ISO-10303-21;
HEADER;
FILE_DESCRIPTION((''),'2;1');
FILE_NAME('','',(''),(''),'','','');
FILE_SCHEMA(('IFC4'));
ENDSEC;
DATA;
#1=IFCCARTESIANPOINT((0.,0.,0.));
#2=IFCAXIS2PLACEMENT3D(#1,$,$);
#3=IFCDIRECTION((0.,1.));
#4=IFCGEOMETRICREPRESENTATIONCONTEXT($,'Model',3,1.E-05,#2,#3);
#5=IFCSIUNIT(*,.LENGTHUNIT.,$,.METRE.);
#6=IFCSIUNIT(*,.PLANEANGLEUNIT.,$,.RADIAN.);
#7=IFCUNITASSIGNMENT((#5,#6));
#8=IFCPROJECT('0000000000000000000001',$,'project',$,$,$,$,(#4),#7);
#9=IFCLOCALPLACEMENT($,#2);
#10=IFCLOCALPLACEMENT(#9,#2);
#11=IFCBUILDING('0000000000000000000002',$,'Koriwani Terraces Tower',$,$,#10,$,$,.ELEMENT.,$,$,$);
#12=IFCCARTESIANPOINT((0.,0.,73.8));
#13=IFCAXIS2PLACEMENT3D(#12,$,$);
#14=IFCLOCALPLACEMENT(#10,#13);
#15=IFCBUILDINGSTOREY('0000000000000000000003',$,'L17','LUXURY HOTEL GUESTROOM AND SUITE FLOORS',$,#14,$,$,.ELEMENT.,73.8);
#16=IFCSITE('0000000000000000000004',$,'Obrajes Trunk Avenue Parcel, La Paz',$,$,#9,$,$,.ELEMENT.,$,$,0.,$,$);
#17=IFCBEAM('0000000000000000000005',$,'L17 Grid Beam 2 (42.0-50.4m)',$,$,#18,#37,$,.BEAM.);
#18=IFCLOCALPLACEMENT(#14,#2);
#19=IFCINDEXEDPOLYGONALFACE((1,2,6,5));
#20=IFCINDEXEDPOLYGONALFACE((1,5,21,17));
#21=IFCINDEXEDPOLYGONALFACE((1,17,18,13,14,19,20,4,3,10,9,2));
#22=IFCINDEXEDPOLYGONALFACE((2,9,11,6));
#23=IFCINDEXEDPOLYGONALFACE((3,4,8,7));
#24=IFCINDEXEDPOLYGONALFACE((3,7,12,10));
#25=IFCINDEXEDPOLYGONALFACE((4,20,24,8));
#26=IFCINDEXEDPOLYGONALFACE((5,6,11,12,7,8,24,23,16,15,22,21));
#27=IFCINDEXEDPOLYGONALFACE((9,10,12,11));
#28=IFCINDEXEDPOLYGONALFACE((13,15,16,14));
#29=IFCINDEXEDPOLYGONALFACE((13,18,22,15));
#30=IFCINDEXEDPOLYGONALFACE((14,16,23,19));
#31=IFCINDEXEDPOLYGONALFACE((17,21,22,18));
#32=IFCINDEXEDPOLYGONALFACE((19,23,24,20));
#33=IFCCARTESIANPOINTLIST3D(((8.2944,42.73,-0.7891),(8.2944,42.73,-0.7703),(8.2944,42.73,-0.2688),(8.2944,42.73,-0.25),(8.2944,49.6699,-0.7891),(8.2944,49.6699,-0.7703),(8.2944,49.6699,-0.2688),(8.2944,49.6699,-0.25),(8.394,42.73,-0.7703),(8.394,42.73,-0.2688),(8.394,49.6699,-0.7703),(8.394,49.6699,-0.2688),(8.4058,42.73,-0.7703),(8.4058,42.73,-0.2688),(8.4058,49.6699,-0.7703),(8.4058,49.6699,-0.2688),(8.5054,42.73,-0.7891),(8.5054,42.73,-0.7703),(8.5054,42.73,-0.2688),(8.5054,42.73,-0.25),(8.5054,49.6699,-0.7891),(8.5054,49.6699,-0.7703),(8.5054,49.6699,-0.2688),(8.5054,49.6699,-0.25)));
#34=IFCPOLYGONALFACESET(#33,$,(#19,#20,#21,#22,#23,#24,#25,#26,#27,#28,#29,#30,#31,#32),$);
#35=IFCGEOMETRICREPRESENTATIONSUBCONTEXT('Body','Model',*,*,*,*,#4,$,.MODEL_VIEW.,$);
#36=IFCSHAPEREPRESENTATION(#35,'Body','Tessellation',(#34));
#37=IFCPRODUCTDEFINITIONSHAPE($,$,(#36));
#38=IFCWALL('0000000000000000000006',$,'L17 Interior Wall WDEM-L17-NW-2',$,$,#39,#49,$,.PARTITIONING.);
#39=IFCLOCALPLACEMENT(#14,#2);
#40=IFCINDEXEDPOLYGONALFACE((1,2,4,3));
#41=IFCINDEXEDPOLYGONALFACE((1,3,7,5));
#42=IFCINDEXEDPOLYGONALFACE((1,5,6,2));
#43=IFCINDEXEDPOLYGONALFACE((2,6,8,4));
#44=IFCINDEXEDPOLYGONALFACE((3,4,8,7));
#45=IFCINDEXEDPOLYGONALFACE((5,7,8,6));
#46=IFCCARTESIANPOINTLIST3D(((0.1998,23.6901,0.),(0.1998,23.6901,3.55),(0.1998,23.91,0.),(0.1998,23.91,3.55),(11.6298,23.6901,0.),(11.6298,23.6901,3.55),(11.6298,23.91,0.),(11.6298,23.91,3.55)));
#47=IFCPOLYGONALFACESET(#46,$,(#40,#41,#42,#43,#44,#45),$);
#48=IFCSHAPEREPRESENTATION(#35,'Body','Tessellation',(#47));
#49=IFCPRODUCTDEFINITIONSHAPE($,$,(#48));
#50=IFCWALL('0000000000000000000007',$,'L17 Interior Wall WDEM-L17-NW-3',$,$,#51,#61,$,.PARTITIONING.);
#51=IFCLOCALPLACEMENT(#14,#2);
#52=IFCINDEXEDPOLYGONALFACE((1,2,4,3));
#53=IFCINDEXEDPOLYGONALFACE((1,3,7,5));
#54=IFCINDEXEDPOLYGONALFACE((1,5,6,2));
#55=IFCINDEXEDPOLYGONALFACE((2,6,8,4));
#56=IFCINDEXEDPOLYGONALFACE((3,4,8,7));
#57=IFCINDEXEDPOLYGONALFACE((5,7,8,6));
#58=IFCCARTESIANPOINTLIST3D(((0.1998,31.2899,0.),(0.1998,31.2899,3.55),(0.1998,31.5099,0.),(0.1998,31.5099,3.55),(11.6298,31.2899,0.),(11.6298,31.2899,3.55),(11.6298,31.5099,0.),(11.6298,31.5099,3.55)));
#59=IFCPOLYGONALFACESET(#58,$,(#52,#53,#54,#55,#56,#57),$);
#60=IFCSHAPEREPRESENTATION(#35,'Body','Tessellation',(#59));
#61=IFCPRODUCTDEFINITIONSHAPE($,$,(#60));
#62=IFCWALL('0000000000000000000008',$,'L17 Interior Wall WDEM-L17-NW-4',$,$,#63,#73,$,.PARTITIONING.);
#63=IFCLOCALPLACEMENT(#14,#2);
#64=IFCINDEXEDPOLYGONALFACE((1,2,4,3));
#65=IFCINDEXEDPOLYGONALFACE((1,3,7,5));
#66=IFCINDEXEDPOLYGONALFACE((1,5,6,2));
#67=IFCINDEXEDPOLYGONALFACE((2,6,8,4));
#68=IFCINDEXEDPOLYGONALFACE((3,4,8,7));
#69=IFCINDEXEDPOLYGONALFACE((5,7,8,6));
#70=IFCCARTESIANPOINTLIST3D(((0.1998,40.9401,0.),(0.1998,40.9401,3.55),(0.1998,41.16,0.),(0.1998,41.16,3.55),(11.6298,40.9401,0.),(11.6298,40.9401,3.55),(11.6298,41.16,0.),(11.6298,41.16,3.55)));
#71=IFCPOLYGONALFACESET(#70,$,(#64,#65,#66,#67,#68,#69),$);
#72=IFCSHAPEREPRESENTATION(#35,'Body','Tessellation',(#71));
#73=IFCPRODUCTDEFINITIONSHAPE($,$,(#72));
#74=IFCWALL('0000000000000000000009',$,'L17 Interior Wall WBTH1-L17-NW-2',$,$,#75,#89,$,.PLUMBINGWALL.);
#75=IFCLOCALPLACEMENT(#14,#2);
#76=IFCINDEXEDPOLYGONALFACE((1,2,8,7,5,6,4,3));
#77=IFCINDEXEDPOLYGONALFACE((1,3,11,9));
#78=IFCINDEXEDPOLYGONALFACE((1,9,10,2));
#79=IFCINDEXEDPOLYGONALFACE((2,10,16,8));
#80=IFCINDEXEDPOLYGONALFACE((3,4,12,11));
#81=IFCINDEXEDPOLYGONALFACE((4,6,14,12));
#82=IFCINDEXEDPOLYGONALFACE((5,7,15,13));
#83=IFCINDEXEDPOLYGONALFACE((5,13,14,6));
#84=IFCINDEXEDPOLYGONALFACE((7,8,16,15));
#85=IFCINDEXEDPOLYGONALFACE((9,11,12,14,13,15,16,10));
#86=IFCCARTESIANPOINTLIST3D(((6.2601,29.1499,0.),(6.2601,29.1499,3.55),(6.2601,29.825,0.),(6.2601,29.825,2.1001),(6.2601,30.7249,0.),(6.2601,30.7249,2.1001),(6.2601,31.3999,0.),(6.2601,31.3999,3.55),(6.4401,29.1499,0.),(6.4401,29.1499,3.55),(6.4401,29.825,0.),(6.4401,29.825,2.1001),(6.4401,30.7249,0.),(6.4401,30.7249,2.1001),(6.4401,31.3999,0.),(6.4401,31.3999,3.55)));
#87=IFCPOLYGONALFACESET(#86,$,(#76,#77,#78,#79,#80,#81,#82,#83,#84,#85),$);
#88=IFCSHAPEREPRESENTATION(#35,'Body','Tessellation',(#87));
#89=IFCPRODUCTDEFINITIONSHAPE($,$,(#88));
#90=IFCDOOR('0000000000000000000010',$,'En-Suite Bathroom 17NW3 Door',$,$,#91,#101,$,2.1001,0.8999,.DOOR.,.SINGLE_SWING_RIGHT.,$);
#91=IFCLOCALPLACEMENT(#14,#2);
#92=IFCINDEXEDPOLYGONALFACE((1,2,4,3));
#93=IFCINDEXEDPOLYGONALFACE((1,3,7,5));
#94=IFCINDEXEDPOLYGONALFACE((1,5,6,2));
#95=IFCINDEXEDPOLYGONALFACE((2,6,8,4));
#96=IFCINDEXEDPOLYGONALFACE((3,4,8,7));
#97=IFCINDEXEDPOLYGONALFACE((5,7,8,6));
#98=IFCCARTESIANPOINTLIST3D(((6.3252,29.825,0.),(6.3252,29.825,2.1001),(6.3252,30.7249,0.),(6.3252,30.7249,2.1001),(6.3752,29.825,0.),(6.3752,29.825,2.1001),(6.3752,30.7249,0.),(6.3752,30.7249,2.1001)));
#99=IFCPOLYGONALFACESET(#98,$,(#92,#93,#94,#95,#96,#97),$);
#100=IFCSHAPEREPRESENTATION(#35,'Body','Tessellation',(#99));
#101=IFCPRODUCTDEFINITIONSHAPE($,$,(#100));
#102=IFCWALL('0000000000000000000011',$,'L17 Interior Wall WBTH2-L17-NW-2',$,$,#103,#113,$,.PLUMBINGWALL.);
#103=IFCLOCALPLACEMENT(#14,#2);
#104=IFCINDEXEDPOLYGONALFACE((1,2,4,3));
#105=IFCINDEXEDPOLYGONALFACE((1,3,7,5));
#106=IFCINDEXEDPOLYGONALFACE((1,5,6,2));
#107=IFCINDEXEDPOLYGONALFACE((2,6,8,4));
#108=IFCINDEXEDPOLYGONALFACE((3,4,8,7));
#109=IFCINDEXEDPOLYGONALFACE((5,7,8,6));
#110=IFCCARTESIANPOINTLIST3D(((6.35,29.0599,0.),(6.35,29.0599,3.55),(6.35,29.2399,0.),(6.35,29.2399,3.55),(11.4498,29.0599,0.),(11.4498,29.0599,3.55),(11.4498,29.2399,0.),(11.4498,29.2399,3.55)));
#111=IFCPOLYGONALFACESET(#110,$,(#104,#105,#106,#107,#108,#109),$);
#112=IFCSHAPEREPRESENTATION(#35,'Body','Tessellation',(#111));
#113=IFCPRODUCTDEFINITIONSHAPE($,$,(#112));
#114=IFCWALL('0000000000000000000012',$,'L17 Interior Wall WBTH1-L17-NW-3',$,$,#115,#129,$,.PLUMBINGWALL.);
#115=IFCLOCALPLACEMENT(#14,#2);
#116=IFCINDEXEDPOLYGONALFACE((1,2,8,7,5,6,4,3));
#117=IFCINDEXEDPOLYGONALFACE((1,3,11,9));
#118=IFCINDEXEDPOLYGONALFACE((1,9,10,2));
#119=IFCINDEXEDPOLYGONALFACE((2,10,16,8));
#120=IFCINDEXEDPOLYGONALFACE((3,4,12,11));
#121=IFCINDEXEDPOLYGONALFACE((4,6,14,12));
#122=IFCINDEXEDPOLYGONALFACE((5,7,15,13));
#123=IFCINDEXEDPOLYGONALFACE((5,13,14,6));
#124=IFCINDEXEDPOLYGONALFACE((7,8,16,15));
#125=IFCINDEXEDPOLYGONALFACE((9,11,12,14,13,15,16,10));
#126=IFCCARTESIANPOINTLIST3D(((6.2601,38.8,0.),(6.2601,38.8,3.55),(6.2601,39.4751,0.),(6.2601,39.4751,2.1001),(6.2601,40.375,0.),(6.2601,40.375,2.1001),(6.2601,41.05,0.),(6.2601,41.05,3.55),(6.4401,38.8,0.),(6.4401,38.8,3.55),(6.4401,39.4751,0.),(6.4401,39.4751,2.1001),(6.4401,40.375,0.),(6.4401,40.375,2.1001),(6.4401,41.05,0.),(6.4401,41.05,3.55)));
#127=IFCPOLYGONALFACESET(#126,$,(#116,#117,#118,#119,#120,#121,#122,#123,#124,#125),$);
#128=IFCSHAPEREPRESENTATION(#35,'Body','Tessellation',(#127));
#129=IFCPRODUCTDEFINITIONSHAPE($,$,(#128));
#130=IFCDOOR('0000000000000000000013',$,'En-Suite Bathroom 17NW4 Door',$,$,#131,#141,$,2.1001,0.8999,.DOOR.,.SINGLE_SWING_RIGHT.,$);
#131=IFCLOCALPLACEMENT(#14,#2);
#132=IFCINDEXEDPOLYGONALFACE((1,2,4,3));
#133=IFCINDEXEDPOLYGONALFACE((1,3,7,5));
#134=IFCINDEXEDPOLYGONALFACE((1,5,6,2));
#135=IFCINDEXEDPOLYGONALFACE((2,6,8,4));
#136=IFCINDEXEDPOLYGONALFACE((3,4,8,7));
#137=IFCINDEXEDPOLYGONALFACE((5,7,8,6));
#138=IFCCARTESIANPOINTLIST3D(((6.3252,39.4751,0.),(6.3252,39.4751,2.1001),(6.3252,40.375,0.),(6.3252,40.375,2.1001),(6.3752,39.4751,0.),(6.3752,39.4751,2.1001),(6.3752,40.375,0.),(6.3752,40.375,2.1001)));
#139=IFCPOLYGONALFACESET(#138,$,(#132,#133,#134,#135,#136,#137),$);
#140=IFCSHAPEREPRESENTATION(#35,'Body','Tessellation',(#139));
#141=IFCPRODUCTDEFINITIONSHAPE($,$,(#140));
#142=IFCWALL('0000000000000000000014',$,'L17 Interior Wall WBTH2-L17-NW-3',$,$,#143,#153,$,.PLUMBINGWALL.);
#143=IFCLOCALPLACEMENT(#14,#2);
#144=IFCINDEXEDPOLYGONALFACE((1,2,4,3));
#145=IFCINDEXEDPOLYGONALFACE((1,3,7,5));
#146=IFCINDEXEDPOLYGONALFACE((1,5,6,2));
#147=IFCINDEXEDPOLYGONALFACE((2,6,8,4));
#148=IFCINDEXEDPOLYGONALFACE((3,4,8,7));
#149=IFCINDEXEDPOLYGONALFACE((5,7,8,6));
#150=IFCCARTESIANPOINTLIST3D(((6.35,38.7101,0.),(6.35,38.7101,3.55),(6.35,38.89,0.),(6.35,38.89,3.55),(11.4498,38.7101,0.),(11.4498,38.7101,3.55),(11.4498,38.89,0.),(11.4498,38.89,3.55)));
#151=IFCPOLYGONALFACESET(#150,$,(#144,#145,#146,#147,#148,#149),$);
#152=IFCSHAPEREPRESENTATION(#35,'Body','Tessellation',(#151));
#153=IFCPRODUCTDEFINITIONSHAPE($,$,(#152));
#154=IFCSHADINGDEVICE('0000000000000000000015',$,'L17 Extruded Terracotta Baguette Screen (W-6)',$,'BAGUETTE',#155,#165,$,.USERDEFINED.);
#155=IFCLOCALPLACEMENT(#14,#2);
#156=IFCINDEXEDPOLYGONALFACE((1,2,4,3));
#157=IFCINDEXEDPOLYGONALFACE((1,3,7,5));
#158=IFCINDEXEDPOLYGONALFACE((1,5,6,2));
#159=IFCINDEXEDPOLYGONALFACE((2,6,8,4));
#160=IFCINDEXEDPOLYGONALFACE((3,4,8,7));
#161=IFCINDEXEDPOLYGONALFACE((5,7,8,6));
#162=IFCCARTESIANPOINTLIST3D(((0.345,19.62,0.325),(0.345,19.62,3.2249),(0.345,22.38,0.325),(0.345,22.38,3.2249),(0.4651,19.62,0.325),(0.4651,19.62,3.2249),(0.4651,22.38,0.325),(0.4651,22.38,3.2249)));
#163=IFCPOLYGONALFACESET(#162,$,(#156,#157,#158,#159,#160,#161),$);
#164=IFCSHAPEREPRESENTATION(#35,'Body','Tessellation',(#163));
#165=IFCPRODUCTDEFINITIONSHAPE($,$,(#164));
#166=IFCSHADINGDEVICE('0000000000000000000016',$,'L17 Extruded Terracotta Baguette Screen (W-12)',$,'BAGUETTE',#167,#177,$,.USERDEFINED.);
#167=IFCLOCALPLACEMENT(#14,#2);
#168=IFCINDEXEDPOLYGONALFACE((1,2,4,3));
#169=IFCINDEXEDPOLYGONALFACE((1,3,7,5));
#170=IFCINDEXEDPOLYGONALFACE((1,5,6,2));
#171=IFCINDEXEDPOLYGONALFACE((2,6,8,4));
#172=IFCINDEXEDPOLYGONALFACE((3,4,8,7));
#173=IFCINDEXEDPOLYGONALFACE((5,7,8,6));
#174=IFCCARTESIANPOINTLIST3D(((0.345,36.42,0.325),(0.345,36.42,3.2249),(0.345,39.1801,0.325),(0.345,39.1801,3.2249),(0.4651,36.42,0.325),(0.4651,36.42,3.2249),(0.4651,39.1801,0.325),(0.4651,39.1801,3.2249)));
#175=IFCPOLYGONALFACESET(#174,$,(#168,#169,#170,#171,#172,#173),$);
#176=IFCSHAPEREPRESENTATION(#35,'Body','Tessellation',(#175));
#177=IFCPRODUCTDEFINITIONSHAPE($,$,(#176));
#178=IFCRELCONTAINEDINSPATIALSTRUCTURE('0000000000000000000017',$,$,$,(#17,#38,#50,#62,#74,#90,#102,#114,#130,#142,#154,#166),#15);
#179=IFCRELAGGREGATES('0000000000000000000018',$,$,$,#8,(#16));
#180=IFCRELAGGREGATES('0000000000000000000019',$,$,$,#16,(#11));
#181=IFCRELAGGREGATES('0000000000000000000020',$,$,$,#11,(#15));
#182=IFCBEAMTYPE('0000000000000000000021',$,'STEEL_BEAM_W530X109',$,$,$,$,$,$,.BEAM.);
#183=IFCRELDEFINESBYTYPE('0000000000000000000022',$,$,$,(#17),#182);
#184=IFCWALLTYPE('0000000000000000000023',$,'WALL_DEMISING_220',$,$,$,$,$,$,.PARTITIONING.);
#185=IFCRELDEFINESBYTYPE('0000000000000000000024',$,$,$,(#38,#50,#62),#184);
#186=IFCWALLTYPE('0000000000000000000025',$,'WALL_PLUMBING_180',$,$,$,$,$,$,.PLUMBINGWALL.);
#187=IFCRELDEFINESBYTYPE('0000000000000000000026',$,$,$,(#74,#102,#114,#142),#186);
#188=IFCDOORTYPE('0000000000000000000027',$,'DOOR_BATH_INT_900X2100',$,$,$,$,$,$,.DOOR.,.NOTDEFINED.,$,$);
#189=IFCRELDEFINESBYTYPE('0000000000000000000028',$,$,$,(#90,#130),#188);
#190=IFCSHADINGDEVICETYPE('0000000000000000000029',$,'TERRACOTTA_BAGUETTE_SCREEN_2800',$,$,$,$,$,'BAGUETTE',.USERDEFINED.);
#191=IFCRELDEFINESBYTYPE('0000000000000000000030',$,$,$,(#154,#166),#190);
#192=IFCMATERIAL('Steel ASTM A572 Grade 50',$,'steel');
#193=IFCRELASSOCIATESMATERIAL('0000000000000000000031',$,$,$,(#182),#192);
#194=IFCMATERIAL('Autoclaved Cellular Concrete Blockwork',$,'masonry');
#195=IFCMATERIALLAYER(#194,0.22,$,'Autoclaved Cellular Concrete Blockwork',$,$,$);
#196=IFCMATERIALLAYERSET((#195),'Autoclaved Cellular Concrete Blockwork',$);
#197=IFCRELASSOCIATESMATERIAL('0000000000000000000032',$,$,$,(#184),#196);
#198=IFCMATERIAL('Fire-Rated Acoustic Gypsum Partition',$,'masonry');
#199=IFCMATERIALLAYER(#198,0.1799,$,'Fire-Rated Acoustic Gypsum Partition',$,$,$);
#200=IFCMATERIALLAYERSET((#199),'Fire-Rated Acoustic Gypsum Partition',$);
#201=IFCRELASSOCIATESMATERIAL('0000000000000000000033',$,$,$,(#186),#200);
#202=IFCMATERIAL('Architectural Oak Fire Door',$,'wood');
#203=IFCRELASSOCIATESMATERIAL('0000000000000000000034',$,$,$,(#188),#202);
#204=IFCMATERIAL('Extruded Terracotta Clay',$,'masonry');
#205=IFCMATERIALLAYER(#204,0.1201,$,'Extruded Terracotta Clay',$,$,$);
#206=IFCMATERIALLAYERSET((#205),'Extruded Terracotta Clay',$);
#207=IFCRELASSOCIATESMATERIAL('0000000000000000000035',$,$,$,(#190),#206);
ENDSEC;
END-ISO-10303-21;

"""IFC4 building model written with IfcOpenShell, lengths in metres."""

from ifc_helpers import new_model, si_unit, direction, frame, frame_2d, origin, origin_2d, place, context, subcontext, project, spatial, rectangle, i_section, extrude, material, layer, layer_set, material_profile, profile_set, type_object, element, fill, save


model = new_model("IFC4")

# Units and contexts
model_context = context("Model", 3, precision=1e-05, world=origin(), true_north=direction((0.0, 1.0)))
body_context = subcontext(model_context, "Body", "Model", "MODEL_VIEW")
ifc_project = project(units=[si_unit("LENGTHUNIT", "METRE"), si_unit("PLANEANGLEUNIT", "RADIAN")], contexts=[model_context])

# Site, building, storey
site_placement = place(None, origin())
site = spatial("IfcSite", under=ifc_project, at=site_placement, Name="Obrajes Trunk Avenue Parcel, La Paz", CompositionType="ELEMENT", RefElevation=0.0)
building_placement = place(site_placement, origin())
building = spatial("IfcBuilding", under=site, at=building_placement, Name="Koriwani Terraces Tower", CompositionType="ELEMENT")
storey_placement = place(building_placement, frame((0.0, 0.0, 73.8)))
storey = spatial("IfcBuildingStorey", under=building, at=storey_placement, Name="L17", Description="LUXURY HOTEL GUESTROOM AND SUITE FLOORS", CompositionType="ELEMENT", Elevation=73.8)

# Beam
ifc_material_1 = material(Name="Steel ASTM A572 Grade 50", Category="steel")
ifc_material_profile_1 = material_profile(ifc_material_1, i_section(OverallWidth=0.2109, OverallDepth=0.5391, WebThickness=0.0117, FlangeThickness=0.0188, at=origin_2d()), Name="Steel ASTM A572 Grade 50", Category="LoadBearing")
ifc_profile_set_1 = profile_set([ifc_material_profile_1], Name="Steel ASTM A572 Grade 50")
beam_type_1 = type_object("IfcBeamType", Name="STEEL_BEAM_W530X109", PredefinedType="BEAM", material=ifc_profile_set_1)
beam_1_placement = place(storey_placement, frame((8.3999, 42.73, -0.5195), z_axis=(0.0, 1.0, 0.0), x_axis=(-1.0, 0.0, 0.0)))
element("IfcBeam", 1, at=beam_1_placement, inside=storey, type_object=beam_type_1, Name="L17 Grid Beam 2 (42.0-50.4m)", PredefinedType="BEAM", context=body_context, shape_type="SweptSolid", body=[
    extrude(i_section(OverallWidth=0.2109, OverallDepth=0.5391, WebThickness=0.0117, FlangeThickness=0.0188, at=origin_2d()), origin(), (0.0, 0.0, 1.0), 6.9399),
])

# Walls
ifc_material_2 = material(Name="Autoclaved Cellular Concrete Blockwork", Category="masonry")
ifc_layer_1 = layer(ifc_material_2, 0.22, Name="Autoclaved Cellular Concrete Blockwork")
ifc_layer_set_1 = layer_set([ifc_layer_1], Name="Autoclaved Cellular Concrete Blockwork")
wall_type_1 = type_object("IfcWallType", Name="WALL_DEMISING_220", PredefinedType="PARTITIONING", material=ifc_layer_set_1)
for number, where, z_axis, x_axis, name in (
    (2, (0.2, 23.8, 0.0), (0.0, 0.0, 1.0), (1.0, 0.0, 0.0), "L17 Interior Wall WDEM-L17-NW-2"),
    (3, (0.2, 31.3999, 0.0), (0.0, 0.0, 1.0), (1.0, 0.0, 0.0), "L17 Interior Wall WDEM-L17-NW-3"),
    (4, (0.2, 41.05, 0.0), (0.0, 0.0, 1.0), (1.0, 0.0, 0.0), "L17 Interior Wall WDEM-L17-NW-4"),
):
    element("IfcWall", number, at=place(storey_placement, frame(where, z_axis=z_axis, x_axis=x_axis)), inside=storey, type_object=wall_type_1, Name=name, PredefinedType="PARTITIONING", context=body_context, shape_type="SweptSolid", body=[
        extrude(rectangle(XDim=11.4299, YDim=0.22, at=frame_2d((5.7148, 0.0))), origin(), (0.0, 0.0, 1.0), 3.55),
    ])

# Wall, opening, door
ifc_material_3 = material(Name="Fire-Rated Acoustic Gypsum Partition", Category="masonry")
ifc_layer_2 = layer(ifc_material_3, 0.1799, Name="Fire-Rated Acoustic Gypsum Partition")
ifc_layer_set_2 = layer_set([ifc_layer_2], Name="Fire-Rated Acoustic Gypsum Partition")
wall_type_2 = type_object("IfcWallType", Name="WALL_PLUMBING_180", PredefinedType="PLUMBINGWALL", material=ifc_layer_set_2)
wall_1_placement = place(storey_placement, frame((6.3501, 29.1499, 0.0), z_axis=(0.0, 0.0, 1.0), x_axis=(0.0, 1.0, 0.0)))
wall_1 = element("IfcWall", 5, at=wall_1_placement, inside=storey, type_object=wall_type_2, Name="L17 Interior Wall WBTH1-L17-NW-2", PredefinedType="PLUMBINGWALL", context=body_context, shape_type="SweptSolid", body=[
    extrude(rectangle(XDim=2.25, YDim=0.1799, at=frame_2d((1.125, 0.0))), origin(), (0.0, 0.0, 1.0), 3.55),
])
opening_1_placement = place(wall_1_placement, frame((0.675, 0.0, 0.0)))
opening_1 = element("IfcOpeningElement", 6, at=opening_1_placement, cuts=wall_1, PredefinedType="OPENING", context=body_context, shape_type="SweptSolid", body=[
    extrude(rectangle(XDim=0.8999, YDim=2.1001, at=frame_2d((0.45, 1.05))), frame((0.0, 0.1001, 0.0), z_axis=(0.0, -1.0, 0.0), x_axis=(1.0, 0.0, 0.0)), (0.0, 0.0, 1.0), 0.2),
])
ifc_material_4 = material(Name="Architectural Oak Fire Door", Category="wood")
door_type = type_object("IfcDoorType", Name="DOOR_BATH_INT_900X2100", OperationType="NOTDEFINED", PredefinedType="DOOR", material=ifc_material_4)
door_1_placement = place(opening_1_placement, origin())
door_1 = element("IfcDoor", 7, at=door_1_placement, inside=storey, type_object=door_type, Name="En-Suite Bathroom 17NW3 Door", OperationType="SINGLE_SWING_RIGHT", OverallHeight=2.1001, OverallWidth=0.8999, PredefinedType="DOOR", context=body_context, shape_type="SweptSolid", body=[
    extrude(rectangle(XDim=0.8999, YDim=2.1001, at=frame_2d((0.45, 1.05))), frame((0.0, 0.0249, 0.0), z_axis=(0.0, -1.0, 0.0), x_axis=(1.0, 0.0, 0.0)), (0.0, 0.0, 1.0), 0.05),
])
fill(opening_1, door_1)

# Wall
wall_2_placement = place(storey_placement, frame((6.3501, 29.1499, 0.0), z_axis=(0.0, 0.0, 1.0), x_axis=(1.0, 0.0, 0.0)))
element("IfcWall", 8, at=wall_2_placement, inside=storey, type_object=wall_type_2, Name="L17 Interior Wall WBTH2-L17-NW-2", PredefinedType="PLUMBINGWALL", context=body_context, shape_type="SweptSolid", body=[
    extrude(rectangle(XDim=5.0999, YDim=0.1799, at=frame_2d((2.5498, 0.0))), origin(), (0.0, 0.0, 1.0), 3.55),
])

# Wall, opening, door
wall_3_placement = place(storey_placement, frame((6.3501, 38.8, 0.0), z_axis=(0.0, 0.0, 1.0), x_axis=(0.0, 1.0, 0.0)))
wall_3 = element("IfcWall", 9, at=wall_3_placement, inside=storey, type_object=wall_type_2, Name="L17 Interior Wall WBTH1-L17-NW-3", PredefinedType="PLUMBINGWALL", context=body_context, shape_type="SweptSolid", body=[
    extrude(rectangle(XDim=2.25, YDim=0.1799, at=frame_2d((1.125, 0.0))), origin(), (0.0, 0.0, 1.0), 3.55),
])
opening_2_placement = place(wall_3_placement, frame((0.675, 0.0, 0.0)))
opening_2 = element("IfcOpeningElement", 10, at=opening_2_placement, cuts=wall_3, PredefinedType="OPENING", context=body_context, shape_type="SweptSolid", body=[
    extrude(rectangle(XDim=0.8999, YDim=2.1001, at=frame_2d((0.45, 1.05))), frame((0.0, 0.1001, 0.0), z_axis=(0.0, -1.0, 0.0), x_axis=(1.0, 0.0, 0.0)), (0.0, 0.0, 1.0), 0.2),
])
door_2_placement = place(opening_2_placement, origin())
door_2 = element("IfcDoor", 11, at=door_2_placement, inside=storey, type_object=door_type, Name="En-Suite Bathroom 17NW4 Door", OperationType="SINGLE_SWING_RIGHT", OverallHeight=2.1001, OverallWidth=0.8999, PredefinedType="DOOR", context=body_context, shape_type="SweptSolid", body=[
    extrude(rectangle(XDim=0.8999, YDim=2.1001, at=frame_2d((0.45, 1.05))), frame((0.0, 0.0249, 0.0), z_axis=(0.0, -1.0, 0.0), x_axis=(1.0, 0.0, 0.0)), (0.0, 0.0, 1.0), 0.05),
])
fill(opening_2, door_2)

# Wall
wall_4_placement = place(storey_placement, frame((6.3501, 38.8, 0.0), z_axis=(0.0, 0.0, 1.0), x_axis=(1.0, 0.0, 0.0)))
element("IfcWall", 12, at=wall_4_placement, inside=storey, type_object=wall_type_2, Name="L17 Interior Wall WBTH2-L17-NW-3", PredefinedType="PLUMBINGWALL", context=body_context, shape_type="SweptSolid", body=[
    extrude(rectangle(XDim=5.0999, YDim=0.1799, at=frame_2d((2.5498, 0.0))), origin(), (0.0, 0.0, 1.0), 3.55),
])

# Shading devices
ifc_material_5 = material(Name="Extruded Terracotta Clay", Category="masonry")
ifc_layer_3 = layer(ifc_material_5, 0.1201, Name="Extruded Terracotta Clay")
ifc_layer_set_3 = layer_set([ifc_layer_3], Name="Extruded Terracotta Clay")
shading_device_type = type_object("IfcShadingDeviceType", Name="TERRACOTTA_BAGUETTE_SCREEN_2800", ElementType="BAGUETTE", PredefinedType="USERDEFINED", material=ifc_layer_set_3)
for number, where, z_axis, x_axis, name in (
    (13, (0.405, 21.0, 0.325), (0.0, 0.0, 1.0), (0.0, 1.0, 0.0), "L17 Extruded Terracotta Baguette Screen (W-6)"),
    (14, (0.405, 37.8, 0.325), (0.0, 0.0, 1.0), (0.0, 1.0, 0.0), "L17 Extruded Terracotta Baguette Screen (W-12)"),
):
    element("IfcShadingDevice", number, at=place(storey_placement, frame(where, z_axis=z_axis, x_axis=x_axis)), inside=storey, type_object=shading_device_type, Name=name, ObjectType="BAGUETTE", PredefinedType="USERDEFINED", context=body_context, shape_type="SweptSolid", body=[
        extrude(rectangle(XDim=2.76, YDim=0.1201, at=origin_2d()), origin(), (0.0, 0.0, 1.0), 2.8999),
    ])

save(model, "model.ifc")
